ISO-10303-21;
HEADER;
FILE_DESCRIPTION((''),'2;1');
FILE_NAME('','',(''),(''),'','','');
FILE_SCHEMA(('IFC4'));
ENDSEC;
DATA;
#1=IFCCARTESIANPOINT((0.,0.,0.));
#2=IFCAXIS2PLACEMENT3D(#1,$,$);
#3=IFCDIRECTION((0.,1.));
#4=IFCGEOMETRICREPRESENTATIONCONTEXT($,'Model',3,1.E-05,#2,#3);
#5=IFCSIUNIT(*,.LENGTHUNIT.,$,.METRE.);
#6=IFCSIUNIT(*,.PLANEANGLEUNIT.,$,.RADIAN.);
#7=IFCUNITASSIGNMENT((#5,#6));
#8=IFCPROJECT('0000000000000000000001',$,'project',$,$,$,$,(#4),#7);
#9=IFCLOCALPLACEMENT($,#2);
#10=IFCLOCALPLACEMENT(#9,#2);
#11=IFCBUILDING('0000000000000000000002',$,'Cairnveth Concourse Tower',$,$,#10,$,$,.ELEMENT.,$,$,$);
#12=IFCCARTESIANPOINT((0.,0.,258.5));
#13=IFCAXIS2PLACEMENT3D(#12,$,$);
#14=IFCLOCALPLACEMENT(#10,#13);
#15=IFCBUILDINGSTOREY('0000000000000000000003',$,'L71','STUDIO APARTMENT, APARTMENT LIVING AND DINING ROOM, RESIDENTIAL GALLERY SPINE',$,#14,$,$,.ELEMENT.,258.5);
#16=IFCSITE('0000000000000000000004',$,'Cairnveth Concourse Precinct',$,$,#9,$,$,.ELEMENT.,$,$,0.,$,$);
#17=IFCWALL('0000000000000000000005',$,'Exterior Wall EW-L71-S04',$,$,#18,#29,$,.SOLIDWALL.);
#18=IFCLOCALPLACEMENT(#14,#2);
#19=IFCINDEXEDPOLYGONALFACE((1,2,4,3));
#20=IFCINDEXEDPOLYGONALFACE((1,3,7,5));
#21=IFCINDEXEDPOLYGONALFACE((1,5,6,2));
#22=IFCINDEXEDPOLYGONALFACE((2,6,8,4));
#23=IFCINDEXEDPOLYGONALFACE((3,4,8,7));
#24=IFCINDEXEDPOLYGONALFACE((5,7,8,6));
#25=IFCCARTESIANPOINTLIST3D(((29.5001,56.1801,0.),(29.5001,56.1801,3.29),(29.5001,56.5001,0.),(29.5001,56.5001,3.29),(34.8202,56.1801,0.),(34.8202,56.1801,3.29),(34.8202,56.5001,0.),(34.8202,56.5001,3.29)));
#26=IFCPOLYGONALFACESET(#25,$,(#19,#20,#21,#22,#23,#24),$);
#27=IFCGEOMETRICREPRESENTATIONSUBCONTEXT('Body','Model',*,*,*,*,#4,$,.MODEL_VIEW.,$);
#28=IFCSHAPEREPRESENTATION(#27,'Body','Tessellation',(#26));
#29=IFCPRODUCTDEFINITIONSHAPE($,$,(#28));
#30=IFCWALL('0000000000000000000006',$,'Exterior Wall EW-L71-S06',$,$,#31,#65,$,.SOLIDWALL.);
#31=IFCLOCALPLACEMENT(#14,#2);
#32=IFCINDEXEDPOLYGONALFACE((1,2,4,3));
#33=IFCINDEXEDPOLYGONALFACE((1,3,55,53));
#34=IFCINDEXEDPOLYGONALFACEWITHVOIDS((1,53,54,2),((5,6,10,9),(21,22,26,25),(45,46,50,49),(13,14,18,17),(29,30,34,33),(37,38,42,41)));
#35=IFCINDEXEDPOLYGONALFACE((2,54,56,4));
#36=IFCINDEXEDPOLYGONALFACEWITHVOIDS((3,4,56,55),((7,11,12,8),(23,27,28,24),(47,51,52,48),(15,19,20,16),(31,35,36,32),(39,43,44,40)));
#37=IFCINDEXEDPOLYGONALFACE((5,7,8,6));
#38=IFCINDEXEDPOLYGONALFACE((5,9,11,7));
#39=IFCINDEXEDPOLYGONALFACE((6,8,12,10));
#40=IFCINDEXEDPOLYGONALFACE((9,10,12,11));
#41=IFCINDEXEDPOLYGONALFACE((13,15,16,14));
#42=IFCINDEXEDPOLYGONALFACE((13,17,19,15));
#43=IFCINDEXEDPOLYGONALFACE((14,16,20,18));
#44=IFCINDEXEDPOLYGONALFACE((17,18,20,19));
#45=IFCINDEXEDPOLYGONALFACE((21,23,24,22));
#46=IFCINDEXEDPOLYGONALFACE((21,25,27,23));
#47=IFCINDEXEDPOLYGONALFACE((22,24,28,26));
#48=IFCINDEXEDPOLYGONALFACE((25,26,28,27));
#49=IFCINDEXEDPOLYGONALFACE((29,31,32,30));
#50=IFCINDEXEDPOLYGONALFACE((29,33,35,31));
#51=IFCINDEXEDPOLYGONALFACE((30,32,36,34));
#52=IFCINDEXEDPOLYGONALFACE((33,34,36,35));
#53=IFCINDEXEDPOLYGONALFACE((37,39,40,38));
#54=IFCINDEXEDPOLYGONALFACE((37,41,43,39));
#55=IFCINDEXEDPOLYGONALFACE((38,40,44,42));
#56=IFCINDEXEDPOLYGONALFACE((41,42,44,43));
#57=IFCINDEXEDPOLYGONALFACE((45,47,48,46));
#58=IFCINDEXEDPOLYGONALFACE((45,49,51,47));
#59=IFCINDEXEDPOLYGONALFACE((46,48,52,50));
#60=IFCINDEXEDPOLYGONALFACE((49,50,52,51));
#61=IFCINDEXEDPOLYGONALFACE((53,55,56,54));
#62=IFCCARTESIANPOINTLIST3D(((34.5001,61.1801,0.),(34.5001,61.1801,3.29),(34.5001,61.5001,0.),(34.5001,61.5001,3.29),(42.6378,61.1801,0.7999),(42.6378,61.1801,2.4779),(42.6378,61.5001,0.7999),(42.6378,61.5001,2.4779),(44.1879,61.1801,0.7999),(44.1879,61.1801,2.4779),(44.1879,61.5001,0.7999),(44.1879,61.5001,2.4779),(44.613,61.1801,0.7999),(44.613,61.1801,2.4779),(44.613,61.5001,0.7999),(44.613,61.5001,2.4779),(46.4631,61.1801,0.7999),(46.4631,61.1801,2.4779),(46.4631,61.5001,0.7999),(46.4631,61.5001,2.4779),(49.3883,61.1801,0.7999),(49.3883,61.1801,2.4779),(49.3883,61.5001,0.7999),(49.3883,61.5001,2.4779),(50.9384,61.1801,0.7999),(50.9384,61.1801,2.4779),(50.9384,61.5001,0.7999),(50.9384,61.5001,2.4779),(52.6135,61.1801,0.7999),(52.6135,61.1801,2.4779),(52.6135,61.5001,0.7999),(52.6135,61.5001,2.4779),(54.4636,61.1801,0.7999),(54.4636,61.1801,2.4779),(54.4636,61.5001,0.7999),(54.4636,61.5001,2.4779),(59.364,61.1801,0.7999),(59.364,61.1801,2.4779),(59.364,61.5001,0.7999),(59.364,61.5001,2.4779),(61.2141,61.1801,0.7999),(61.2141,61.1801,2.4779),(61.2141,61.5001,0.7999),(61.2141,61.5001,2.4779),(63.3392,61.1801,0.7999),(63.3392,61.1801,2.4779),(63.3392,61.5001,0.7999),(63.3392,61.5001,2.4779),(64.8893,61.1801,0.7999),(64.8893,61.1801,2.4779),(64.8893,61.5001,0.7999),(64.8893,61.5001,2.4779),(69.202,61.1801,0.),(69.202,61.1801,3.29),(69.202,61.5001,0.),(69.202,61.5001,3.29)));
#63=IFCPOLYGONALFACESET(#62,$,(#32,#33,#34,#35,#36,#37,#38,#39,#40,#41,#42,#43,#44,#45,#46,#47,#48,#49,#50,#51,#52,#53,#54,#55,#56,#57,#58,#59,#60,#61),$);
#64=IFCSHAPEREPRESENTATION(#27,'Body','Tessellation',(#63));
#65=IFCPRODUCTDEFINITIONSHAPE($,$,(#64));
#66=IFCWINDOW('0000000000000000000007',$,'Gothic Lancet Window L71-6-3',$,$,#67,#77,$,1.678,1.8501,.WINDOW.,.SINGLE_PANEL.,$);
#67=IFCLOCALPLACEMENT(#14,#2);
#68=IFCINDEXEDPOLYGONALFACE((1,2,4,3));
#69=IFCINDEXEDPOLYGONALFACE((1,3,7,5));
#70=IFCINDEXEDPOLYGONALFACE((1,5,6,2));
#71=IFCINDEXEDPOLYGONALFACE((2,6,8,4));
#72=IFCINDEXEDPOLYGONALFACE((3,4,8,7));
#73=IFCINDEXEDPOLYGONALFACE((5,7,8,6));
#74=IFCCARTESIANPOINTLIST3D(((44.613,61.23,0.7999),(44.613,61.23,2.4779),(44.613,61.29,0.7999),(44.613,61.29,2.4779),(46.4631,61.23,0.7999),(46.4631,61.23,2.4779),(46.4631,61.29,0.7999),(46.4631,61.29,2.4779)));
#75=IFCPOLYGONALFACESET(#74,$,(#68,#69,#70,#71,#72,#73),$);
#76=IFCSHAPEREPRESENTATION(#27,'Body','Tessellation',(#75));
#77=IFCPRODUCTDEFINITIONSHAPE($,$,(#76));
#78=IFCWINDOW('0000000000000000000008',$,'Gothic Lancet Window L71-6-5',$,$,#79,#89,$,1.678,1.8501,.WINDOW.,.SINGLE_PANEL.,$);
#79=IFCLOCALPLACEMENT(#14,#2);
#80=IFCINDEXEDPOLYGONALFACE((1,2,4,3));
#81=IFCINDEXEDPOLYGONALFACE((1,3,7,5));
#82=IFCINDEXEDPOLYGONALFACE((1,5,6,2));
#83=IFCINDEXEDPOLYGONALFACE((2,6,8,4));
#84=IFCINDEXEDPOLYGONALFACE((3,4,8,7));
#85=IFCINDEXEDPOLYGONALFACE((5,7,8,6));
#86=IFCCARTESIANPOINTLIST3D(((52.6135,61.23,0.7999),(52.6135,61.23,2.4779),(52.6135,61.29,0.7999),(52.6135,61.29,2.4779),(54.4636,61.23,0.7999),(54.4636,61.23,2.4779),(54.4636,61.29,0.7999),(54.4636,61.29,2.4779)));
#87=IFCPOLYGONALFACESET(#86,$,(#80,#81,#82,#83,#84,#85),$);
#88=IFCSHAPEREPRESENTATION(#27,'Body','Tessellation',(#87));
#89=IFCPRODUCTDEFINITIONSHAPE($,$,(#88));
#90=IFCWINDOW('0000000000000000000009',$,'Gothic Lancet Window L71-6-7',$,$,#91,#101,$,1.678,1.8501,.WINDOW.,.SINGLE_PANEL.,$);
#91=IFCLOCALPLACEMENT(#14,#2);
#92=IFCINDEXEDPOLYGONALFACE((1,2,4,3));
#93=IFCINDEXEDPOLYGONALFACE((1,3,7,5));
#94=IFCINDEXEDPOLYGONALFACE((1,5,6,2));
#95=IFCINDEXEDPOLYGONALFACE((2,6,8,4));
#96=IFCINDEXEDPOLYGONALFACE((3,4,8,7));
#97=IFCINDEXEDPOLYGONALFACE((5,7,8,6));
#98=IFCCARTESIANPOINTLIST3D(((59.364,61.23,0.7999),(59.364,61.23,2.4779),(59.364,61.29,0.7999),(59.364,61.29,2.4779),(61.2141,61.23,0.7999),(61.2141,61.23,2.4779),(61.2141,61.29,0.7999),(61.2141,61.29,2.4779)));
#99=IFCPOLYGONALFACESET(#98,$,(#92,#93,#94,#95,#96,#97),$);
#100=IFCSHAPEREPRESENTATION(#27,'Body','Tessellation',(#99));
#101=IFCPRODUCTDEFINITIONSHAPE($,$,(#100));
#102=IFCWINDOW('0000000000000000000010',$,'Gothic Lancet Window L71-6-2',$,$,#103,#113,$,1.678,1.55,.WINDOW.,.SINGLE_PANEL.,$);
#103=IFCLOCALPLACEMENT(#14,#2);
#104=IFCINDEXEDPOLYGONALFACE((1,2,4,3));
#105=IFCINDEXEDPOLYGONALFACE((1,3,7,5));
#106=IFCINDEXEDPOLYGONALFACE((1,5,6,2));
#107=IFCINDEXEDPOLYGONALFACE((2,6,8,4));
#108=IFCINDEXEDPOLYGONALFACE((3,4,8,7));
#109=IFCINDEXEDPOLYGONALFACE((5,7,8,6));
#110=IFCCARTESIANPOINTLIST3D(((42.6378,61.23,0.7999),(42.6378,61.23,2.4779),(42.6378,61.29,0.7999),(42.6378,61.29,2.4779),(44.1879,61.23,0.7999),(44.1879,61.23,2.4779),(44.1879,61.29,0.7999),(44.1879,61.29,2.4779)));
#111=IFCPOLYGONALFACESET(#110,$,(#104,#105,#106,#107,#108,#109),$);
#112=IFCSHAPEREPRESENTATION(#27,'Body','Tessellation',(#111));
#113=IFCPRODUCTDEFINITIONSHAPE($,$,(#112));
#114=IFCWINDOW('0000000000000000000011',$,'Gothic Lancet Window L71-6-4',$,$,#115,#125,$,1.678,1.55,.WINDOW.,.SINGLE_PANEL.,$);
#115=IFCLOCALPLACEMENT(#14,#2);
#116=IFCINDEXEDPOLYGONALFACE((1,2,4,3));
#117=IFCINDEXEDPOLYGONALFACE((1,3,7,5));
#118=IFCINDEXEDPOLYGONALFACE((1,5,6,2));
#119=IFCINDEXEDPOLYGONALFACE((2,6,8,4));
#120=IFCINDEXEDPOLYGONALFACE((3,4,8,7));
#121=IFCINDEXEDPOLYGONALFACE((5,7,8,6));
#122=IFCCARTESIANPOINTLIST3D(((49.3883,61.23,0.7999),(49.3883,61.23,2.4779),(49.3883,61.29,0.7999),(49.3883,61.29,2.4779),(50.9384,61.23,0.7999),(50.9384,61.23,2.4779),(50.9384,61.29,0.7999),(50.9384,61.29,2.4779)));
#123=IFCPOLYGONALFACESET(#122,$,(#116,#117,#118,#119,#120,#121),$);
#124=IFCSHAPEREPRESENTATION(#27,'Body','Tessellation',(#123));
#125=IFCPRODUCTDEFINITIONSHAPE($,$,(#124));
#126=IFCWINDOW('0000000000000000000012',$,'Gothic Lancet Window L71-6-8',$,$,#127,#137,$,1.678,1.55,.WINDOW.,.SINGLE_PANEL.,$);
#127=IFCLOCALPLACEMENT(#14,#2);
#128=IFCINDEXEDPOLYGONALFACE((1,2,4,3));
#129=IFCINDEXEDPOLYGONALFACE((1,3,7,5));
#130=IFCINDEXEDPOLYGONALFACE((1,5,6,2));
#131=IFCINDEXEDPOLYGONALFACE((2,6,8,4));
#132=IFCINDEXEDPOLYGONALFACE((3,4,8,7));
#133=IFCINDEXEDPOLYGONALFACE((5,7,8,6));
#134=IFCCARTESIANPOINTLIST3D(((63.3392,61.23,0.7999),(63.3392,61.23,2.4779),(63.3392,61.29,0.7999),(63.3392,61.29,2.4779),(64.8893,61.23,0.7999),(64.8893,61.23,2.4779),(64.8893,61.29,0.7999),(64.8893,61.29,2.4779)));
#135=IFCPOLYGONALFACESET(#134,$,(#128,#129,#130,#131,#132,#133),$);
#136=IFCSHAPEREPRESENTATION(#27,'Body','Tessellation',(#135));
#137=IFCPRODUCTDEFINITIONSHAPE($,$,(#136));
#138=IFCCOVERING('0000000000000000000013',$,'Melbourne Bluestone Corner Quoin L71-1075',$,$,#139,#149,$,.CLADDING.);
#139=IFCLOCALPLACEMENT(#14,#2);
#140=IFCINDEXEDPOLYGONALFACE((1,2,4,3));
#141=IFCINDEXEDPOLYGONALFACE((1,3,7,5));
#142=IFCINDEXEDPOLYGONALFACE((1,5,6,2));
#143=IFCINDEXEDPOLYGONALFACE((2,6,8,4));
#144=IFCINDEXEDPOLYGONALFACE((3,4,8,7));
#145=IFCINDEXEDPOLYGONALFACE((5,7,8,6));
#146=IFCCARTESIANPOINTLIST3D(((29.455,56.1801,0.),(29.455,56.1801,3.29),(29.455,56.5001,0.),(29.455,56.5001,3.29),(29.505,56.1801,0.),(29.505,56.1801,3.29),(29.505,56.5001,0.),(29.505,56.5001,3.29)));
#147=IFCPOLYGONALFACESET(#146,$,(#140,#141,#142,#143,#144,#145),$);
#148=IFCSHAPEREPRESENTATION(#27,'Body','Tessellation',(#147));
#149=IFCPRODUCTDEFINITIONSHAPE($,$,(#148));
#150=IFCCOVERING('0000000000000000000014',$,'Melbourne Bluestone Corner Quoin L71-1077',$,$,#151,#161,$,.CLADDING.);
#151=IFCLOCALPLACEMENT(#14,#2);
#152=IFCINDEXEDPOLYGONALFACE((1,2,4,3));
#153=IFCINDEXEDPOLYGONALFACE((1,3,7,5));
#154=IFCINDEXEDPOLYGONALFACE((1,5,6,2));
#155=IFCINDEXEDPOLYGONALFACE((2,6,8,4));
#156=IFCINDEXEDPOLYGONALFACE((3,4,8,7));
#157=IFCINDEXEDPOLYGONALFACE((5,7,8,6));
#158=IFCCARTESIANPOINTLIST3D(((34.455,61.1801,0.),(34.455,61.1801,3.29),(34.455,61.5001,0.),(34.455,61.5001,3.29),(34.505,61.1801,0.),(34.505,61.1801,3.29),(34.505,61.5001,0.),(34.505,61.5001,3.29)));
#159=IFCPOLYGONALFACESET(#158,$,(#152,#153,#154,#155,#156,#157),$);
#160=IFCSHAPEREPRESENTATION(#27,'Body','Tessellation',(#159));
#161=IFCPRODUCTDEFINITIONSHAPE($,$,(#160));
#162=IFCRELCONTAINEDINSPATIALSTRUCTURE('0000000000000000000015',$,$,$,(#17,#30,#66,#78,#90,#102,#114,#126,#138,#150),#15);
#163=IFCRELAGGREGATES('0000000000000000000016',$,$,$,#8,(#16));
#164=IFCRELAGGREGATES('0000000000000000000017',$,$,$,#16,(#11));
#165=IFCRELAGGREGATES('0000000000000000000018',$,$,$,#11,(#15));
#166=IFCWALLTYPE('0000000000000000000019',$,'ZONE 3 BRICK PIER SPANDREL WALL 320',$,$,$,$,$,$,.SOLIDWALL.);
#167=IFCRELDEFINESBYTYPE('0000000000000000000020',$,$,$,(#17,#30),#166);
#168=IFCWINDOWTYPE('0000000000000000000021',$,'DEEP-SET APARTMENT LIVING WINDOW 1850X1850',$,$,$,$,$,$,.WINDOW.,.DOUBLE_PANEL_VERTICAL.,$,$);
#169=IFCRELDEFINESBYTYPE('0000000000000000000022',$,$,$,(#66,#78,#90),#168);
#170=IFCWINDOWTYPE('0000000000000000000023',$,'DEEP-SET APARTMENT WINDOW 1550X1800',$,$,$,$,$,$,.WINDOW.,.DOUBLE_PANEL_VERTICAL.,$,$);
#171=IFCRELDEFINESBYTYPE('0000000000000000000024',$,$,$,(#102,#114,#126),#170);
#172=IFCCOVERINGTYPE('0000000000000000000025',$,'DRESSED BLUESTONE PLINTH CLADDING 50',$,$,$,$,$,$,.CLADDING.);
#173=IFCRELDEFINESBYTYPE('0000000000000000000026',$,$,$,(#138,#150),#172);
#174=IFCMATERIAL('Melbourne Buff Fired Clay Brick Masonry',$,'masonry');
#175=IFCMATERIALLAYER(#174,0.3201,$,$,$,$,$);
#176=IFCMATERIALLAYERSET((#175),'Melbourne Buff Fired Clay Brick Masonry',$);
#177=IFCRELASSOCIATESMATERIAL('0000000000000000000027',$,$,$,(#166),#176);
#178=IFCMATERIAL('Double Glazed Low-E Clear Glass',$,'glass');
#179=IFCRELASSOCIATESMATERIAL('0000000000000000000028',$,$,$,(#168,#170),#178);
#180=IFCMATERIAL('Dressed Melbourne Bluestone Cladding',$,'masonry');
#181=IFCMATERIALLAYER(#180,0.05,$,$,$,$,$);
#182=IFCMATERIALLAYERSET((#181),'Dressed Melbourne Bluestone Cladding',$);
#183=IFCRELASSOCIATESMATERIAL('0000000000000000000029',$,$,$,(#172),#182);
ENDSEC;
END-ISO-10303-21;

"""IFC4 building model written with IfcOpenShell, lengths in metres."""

from ifc_helpers import new_model, si_unit, direction, frame, frame_2d, origin, place, context, subcontext, project, spatial, rectangle, extrude, material, layer, layer_set, type_object, element, fill, save


model = new_model("IFC4")

# Units and contexts
model_context = context("Model", 3, precision=1e-05, world=origin(), true_north=direction((0.0, 1.0)))
body_context = subcontext(model_context, "Body", "Model", "MODEL_VIEW")
ifc_project = project(units=[si_unit("LENGTHUNIT", "METRE"), si_unit("PLANEANGLEUNIT", "RADIAN")], contexts=[model_context])

# Site, building, storey
site_placement = place(None, origin())
site = spatial("IfcSite", under=ifc_project, at=site_placement, Name="Cairnveth Concourse Precinct", CompositionType="ELEMENT", RefElevation=0.0)
building_placement = place(site_placement, origin())
building = spatial("IfcBuilding", under=site, at=building_placement, Name="Cairnveth Concourse Tower", CompositionType="ELEMENT")
storey_placement = place(building_placement, frame((0.0, 0.0, 258.5)))
storey = spatial("IfcBuildingStorey", under=building, at=storey_placement, Name="L71", Description="STUDIO APARTMENT, APARTMENT LIVING AND DINING ROOM, RESIDENTIAL GALLERY SPINE", CompositionType="ELEMENT", Elevation=258.5)

# Wall
ifc_material_1 = material(Name="Melbourne Buff Fired Clay Brick Masonry", Category="masonry")
ifc_layer_1 = layer(ifc_material_1, 0.3201)
ifc_layer_set_1 = layer_set([ifc_layer_1], Name="Melbourne Buff Fired Clay Brick Masonry")
wall_type_1 = type_object("IfcWallType", Name="ZONE 3 BRICK PIER SPANDREL WALL 320", PredefinedType="SOLIDWALL", material=ifc_layer_set_1)
wall_1_placement = place(storey_placement, frame((29.5, 56.3401, 0.0), z_axis=(0.0, 0.0, 1.0), x_axis=(1.0, 0.0, 0.0)))
element("IfcWall", 1, at=wall_1_placement, inside=storey, type_object=wall_type_1, Name="Exterior Wall EW-L71-S04", PredefinedType="SOLIDWALL", context=body_context, shape_type="SweptSolid", body=[
    extrude(rectangle(XDim=5.3201, YDim=0.3201, at=frame_2d((2.6602, 0.0))), origin(), (0.0, 0.0, 1.0), 3.29),
])

# Wall, openings, windows
wall_2_placement = place(storey_placement, frame((34.5, 61.3401, 0.0), z_axis=(0.0, 0.0, 1.0), x_axis=(1.0, 0.0, 0.0)))
wall_2 = element("IfcWall", 2, at=wall_2_placement, inside=storey, type_object=wall_type_1, Name="Exterior Wall EW-L71-S06", PredefinedType="SOLIDWALL", context=body_context, shape_type="SweptSolid", body=[
    extrude(rectangle(XDim=34.7019, YDim=0.3201, at=frame_2d((17.3511, 0.0))), origin(), (0.0, 0.0, 1.0), 3.29),
])
opening_1_placement = place(wall_2_placement, frame((8.1379, 0.0, 0.8)))
opening_1 = element("IfcOpeningElement", 3, at=opening_1_placement, cuts=wall_2, PredefinedType="OPENING", context=body_context, shape_type="SweptSolid", body=[
    extrude(rectangle(XDim=1.55, YDim=1.678, at=frame_2d((0.7749, 0.8389))), frame((0.0, 0.1699, 0.0), z_axis=(0.0, -1.0, 0.0), x_axis=(1.0, 0.0, 0.0)), (0.0, 0.0, 1.0), 0.3401),
])
opening_2_placement = place(wall_2_placement, frame((10.113, 0.0, 0.8)))
opening_2 = element("IfcOpeningElement", 4, at=opening_2_placement, cuts=wall_2, PredefinedType="OPENING", context=body_context, shape_type="SweptSolid", body=[
    extrude(rectangle(XDim=1.8501, YDim=1.678, at=frame_2d((0.925, 0.8389))), frame((0.0, 0.1699, 0.0), z_axis=(0.0, -1.0, 0.0), x_axis=(1.0, 0.0, 0.0)), (0.0, 0.0, 1.0), 0.3401),
])
opening_3_placement = place(wall_2_placement, frame((14.8884, 0.0, 0.8)))
opening_3 = element("IfcOpeningElement", 5, at=opening_3_placement, cuts=wall_2, PredefinedType="OPENING", context=body_context, shape_type="SweptSolid", body=[
    extrude(rectangle(XDim=1.55, YDim=1.678, at=frame_2d((0.7749, 0.8389))), frame((0.0, 0.1699, 0.0), z_axis=(0.0, -1.0, 0.0), x_axis=(1.0, 0.0, 0.0)), (0.0, 0.0, 1.0), 0.3401),
])
opening_4_placement = place(wall_2_placement, frame((18.1135, 0.0, 0.8)))
opening_4 = element("IfcOpeningElement", 6, at=opening_4_placement, cuts=wall_2, PredefinedType="OPENING", context=body_context, shape_type="SweptSolid", body=[
    extrude(rectangle(XDim=1.8501, YDim=1.678, at=frame_2d((0.925, 0.8389))), frame((0.0, 0.1699, 0.0), z_axis=(0.0, -1.0, 0.0), x_axis=(1.0, 0.0, 0.0)), (0.0, 0.0, 1.0), 0.3401),
])
opening_5_placement = place(wall_2_placement, frame((24.864, 0.0, 0.8)))
opening_5 = element("IfcOpeningElement", 7, at=opening_5_placement, cuts=wall_2, PredefinedType="OPENING", context=body_context, shape_type="SweptSolid", body=[
    extrude(rectangle(XDim=1.8501, YDim=1.678, at=frame_2d((0.925, 0.8389))), frame((0.0, 0.1699, 0.0), z_axis=(0.0, -1.0, 0.0), x_axis=(1.0, 0.0, 0.0)), (0.0, 0.0, 1.0), 0.3401),
])
opening_6_placement = place(wall_2_placement, frame((28.8394, 0.0, 0.8)))
opening_6 = element("IfcOpeningElement", 8, at=opening_6_placement, cuts=wall_2, PredefinedType="OPENING", context=body_context, shape_type="SweptSolid", body=[
    extrude(rectangle(XDim=1.55, YDim=1.678, at=frame_2d((0.7749, 0.8389))), frame((0.0, 0.1699, 0.0), z_axis=(0.0, -1.0, 0.0), x_axis=(1.0, 0.0, 0.0)), (0.0, 0.0, 1.0), 0.3401),
])
ifc_material_2 = material(Name="Double Glazed Low-E Clear Glass", Category="glass")
window_type_1 = type_object("IfcWindowType", Name="DEEP-SET APARTMENT LIVING WINDOW 1850X1850", PartitioningType="DOUBLE_PANEL_VERTICAL", PredefinedType="WINDOW", material=ifc_material_2)
window_1_placement = place(opening_2_placement, origin())
window_1 = element("IfcWindow", 9, at=window_1_placement, inside=storey, type_object=window_type_1, Name="Gothic Lancet Window L71-6-3", OverallHeight=1.678, OverallWidth=1.8501, PartitioningType="SINGLE_PANEL", PredefinedType="WINDOW", context=body_context, shape_type="SweptSolid", body=[
    extrude(rectangle(XDim=1.8501, YDim=1.678, at=frame_2d((0.925, 0.8389))), frame((0.0, -0.05, 0.0), z_axis=(0.0, -1.0, 0.0), x_axis=(1.0, 0.0, 0.0)), (0.0, 0.0, 1.0), 0.0601),
])
fill(opening_2, window_1)
window_2_placement = place(opening_4_placement, origin())
window_2 = element("IfcWindow", 10, at=window_2_placement, inside=storey, type_object=window_type_1, Name="Gothic Lancet Window L71-6-5", OverallHeight=1.678, OverallWidth=1.8501, PartitioningType="SINGLE_PANEL", PredefinedType="WINDOW", context=body_context, shape_type="SweptSolid", body=[
    extrude(rectangle(XDim=1.8501, YDim=1.678, at=frame_2d((0.925, 0.8389))), frame((0.0, -0.05, 0.0), z_axis=(0.0, -1.0, 0.0), x_axis=(1.0, 0.0, 0.0)), (0.0, 0.0, 1.0), 0.0601),
])
fill(opening_4, window_2)
window_3_placement = place(opening_5_placement, origin())
window_3 = element("IfcWindow", 11, at=window_3_placement, inside=storey, type_object=window_type_1, Name="Gothic Lancet Window L71-6-7", OverallHeight=1.678, OverallWidth=1.8501, PartitioningType="SINGLE_PANEL", PredefinedType="WINDOW", context=body_context, shape_type="SweptSolid", body=[
    extrude(rectangle(XDim=1.8501, YDim=1.678, at=frame_2d((0.925, 0.8389))), frame((0.0, -0.05, 0.0), z_axis=(0.0, -1.0, 0.0), x_axis=(1.0, 0.0, 0.0)), (0.0, 0.0, 1.0), 0.0601),
])
fill(opening_5, window_3)
window_type_2 = type_object("IfcWindowType", Name="DEEP-SET APARTMENT WINDOW 1550X1800", PartitioningType="DOUBLE_PANEL_VERTICAL", PredefinedType="WINDOW", material=ifc_material_2)
window_4_placement = place(opening_1_placement, origin())
window_4 = element("IfcWindow", 12, at=window_4_placement, inside=storey, type_object=window_type_2, Name="Gothic Lancet Window L71-6-2", OverallHeight=1.678, OverallWidth=1.55, PartitioningType="SINGLE_PANEL", PredefinedType="WINDOW", context=body_context, shape_type="SweptSolid", body=[
    extrude(rectangle(XDim=1.55, YDim=1.678, at=frame_2d((0.7749, 0.8389))), frame((0.0, -0.05, 0.0), z_axis=(0.0, -1.0, 0.0), x_axis=(1.0, 0.0, 0.0)), (0.0, 0.0, 1.0), 0.0601),
])
fill(opening_1, window_4)
window_5_placement = place(opening_3_placement, origin())
window_5 = element("IfcWindow", 13, at=window_5_placement, inside=storey, type_object=window_type_2, Name="Gothic Lancet Window L71-6-4", OverallHeight=1.678, OverallWidth=1.55, PartitioningType="SINGLE_PANEL", PredefinedType="WINDOW", context=body_context, shape_type="SweptSolid", body=[
    extrude(rectangle(XDim=1.55, YDim=1.678, at=frame_2d((0.7749, 0.8389))), frame((0.0, -0.05, 0.0), z_axis=(0.0, -1.0, 0.0), x_axis=(1.0, 0.0, 0.0)), (0.0, 0.0, 1.0), 0.0601),
])
fill(opening_3, window_5)
window_6_placement = place(opening_6_placement, origin())
window_6 = element("IfcWindow", 14, at=window_6_placement, inside=storey, type_object=window_type_2, Name="Gothic Lancet Window L71-6-8", OverallHeight=1.678, OverallWidth=1.55, PartitioningType="SINGLE_PANEL", PredefinedType="WINDOW", context=body_context, shape_type="SweptSolid", body=[
    extrude(rectangle(XDim=1.55, YDim=1.678, at=frame_2d((0.7749, 0.8389))), frame((0.0, -0.05, 0.0), z_axis=(0.0, -1.0, 0.0), x_axis=(1.0, 0.0, 0.0)), (0.0, 0.0, 1.0), 0.0601),
])
fill(opening_6, window_6)

# Coverings
ifc_material_3 = material(Name="Dressed Melbourne Bluestone Cladding", Category="masonry")
ifc_layer_2 = layer(ifc_material_3, 0.05)
ifc_layer_set_2 = layer_set([ifc_layer_2], Name="Dressed Melbourne Bluestone Cladding")
covering_type = type_object("IfcCoveringType", Name="DRESSED BLUESTONE PLINTH CLADDING 50", PredefinedType="CLADDING", material=ifc_layer_set_2)
for number, where, z_axis, x_axis, name in (
    (15, (29.48, 56.1799, 0.0), (0.0, 0.0, 1.0), (0.0, 1.0, 0.0), "Melbourne Bluestone Corner Quoin L71-1075"),
    (16, (34.48, 61.1799, 0.0), (0.0, 0.0, 1.0), (0.0, 1.0, 0.0), "Melbourne Bluestone Corner Quoin L71-1077"),
):
    element("IfcCovering", number, at=place(storey_placement, frame(where, z_axis=z_axis, x_axis=x_axis)), inside=storey, type_object=covering_type, Name=name, PredefinedType="CLADDING", context=body_context, shape_type="SweptSolid", body=[
        extrude(rectangle(XDim=0.3201, YDim=0.05, at=frame_2d((0.1602, 0.0))), origin(), (0.0, 0.0, 1.0), 3.29),
    ])

save(model, "model.ifc")
